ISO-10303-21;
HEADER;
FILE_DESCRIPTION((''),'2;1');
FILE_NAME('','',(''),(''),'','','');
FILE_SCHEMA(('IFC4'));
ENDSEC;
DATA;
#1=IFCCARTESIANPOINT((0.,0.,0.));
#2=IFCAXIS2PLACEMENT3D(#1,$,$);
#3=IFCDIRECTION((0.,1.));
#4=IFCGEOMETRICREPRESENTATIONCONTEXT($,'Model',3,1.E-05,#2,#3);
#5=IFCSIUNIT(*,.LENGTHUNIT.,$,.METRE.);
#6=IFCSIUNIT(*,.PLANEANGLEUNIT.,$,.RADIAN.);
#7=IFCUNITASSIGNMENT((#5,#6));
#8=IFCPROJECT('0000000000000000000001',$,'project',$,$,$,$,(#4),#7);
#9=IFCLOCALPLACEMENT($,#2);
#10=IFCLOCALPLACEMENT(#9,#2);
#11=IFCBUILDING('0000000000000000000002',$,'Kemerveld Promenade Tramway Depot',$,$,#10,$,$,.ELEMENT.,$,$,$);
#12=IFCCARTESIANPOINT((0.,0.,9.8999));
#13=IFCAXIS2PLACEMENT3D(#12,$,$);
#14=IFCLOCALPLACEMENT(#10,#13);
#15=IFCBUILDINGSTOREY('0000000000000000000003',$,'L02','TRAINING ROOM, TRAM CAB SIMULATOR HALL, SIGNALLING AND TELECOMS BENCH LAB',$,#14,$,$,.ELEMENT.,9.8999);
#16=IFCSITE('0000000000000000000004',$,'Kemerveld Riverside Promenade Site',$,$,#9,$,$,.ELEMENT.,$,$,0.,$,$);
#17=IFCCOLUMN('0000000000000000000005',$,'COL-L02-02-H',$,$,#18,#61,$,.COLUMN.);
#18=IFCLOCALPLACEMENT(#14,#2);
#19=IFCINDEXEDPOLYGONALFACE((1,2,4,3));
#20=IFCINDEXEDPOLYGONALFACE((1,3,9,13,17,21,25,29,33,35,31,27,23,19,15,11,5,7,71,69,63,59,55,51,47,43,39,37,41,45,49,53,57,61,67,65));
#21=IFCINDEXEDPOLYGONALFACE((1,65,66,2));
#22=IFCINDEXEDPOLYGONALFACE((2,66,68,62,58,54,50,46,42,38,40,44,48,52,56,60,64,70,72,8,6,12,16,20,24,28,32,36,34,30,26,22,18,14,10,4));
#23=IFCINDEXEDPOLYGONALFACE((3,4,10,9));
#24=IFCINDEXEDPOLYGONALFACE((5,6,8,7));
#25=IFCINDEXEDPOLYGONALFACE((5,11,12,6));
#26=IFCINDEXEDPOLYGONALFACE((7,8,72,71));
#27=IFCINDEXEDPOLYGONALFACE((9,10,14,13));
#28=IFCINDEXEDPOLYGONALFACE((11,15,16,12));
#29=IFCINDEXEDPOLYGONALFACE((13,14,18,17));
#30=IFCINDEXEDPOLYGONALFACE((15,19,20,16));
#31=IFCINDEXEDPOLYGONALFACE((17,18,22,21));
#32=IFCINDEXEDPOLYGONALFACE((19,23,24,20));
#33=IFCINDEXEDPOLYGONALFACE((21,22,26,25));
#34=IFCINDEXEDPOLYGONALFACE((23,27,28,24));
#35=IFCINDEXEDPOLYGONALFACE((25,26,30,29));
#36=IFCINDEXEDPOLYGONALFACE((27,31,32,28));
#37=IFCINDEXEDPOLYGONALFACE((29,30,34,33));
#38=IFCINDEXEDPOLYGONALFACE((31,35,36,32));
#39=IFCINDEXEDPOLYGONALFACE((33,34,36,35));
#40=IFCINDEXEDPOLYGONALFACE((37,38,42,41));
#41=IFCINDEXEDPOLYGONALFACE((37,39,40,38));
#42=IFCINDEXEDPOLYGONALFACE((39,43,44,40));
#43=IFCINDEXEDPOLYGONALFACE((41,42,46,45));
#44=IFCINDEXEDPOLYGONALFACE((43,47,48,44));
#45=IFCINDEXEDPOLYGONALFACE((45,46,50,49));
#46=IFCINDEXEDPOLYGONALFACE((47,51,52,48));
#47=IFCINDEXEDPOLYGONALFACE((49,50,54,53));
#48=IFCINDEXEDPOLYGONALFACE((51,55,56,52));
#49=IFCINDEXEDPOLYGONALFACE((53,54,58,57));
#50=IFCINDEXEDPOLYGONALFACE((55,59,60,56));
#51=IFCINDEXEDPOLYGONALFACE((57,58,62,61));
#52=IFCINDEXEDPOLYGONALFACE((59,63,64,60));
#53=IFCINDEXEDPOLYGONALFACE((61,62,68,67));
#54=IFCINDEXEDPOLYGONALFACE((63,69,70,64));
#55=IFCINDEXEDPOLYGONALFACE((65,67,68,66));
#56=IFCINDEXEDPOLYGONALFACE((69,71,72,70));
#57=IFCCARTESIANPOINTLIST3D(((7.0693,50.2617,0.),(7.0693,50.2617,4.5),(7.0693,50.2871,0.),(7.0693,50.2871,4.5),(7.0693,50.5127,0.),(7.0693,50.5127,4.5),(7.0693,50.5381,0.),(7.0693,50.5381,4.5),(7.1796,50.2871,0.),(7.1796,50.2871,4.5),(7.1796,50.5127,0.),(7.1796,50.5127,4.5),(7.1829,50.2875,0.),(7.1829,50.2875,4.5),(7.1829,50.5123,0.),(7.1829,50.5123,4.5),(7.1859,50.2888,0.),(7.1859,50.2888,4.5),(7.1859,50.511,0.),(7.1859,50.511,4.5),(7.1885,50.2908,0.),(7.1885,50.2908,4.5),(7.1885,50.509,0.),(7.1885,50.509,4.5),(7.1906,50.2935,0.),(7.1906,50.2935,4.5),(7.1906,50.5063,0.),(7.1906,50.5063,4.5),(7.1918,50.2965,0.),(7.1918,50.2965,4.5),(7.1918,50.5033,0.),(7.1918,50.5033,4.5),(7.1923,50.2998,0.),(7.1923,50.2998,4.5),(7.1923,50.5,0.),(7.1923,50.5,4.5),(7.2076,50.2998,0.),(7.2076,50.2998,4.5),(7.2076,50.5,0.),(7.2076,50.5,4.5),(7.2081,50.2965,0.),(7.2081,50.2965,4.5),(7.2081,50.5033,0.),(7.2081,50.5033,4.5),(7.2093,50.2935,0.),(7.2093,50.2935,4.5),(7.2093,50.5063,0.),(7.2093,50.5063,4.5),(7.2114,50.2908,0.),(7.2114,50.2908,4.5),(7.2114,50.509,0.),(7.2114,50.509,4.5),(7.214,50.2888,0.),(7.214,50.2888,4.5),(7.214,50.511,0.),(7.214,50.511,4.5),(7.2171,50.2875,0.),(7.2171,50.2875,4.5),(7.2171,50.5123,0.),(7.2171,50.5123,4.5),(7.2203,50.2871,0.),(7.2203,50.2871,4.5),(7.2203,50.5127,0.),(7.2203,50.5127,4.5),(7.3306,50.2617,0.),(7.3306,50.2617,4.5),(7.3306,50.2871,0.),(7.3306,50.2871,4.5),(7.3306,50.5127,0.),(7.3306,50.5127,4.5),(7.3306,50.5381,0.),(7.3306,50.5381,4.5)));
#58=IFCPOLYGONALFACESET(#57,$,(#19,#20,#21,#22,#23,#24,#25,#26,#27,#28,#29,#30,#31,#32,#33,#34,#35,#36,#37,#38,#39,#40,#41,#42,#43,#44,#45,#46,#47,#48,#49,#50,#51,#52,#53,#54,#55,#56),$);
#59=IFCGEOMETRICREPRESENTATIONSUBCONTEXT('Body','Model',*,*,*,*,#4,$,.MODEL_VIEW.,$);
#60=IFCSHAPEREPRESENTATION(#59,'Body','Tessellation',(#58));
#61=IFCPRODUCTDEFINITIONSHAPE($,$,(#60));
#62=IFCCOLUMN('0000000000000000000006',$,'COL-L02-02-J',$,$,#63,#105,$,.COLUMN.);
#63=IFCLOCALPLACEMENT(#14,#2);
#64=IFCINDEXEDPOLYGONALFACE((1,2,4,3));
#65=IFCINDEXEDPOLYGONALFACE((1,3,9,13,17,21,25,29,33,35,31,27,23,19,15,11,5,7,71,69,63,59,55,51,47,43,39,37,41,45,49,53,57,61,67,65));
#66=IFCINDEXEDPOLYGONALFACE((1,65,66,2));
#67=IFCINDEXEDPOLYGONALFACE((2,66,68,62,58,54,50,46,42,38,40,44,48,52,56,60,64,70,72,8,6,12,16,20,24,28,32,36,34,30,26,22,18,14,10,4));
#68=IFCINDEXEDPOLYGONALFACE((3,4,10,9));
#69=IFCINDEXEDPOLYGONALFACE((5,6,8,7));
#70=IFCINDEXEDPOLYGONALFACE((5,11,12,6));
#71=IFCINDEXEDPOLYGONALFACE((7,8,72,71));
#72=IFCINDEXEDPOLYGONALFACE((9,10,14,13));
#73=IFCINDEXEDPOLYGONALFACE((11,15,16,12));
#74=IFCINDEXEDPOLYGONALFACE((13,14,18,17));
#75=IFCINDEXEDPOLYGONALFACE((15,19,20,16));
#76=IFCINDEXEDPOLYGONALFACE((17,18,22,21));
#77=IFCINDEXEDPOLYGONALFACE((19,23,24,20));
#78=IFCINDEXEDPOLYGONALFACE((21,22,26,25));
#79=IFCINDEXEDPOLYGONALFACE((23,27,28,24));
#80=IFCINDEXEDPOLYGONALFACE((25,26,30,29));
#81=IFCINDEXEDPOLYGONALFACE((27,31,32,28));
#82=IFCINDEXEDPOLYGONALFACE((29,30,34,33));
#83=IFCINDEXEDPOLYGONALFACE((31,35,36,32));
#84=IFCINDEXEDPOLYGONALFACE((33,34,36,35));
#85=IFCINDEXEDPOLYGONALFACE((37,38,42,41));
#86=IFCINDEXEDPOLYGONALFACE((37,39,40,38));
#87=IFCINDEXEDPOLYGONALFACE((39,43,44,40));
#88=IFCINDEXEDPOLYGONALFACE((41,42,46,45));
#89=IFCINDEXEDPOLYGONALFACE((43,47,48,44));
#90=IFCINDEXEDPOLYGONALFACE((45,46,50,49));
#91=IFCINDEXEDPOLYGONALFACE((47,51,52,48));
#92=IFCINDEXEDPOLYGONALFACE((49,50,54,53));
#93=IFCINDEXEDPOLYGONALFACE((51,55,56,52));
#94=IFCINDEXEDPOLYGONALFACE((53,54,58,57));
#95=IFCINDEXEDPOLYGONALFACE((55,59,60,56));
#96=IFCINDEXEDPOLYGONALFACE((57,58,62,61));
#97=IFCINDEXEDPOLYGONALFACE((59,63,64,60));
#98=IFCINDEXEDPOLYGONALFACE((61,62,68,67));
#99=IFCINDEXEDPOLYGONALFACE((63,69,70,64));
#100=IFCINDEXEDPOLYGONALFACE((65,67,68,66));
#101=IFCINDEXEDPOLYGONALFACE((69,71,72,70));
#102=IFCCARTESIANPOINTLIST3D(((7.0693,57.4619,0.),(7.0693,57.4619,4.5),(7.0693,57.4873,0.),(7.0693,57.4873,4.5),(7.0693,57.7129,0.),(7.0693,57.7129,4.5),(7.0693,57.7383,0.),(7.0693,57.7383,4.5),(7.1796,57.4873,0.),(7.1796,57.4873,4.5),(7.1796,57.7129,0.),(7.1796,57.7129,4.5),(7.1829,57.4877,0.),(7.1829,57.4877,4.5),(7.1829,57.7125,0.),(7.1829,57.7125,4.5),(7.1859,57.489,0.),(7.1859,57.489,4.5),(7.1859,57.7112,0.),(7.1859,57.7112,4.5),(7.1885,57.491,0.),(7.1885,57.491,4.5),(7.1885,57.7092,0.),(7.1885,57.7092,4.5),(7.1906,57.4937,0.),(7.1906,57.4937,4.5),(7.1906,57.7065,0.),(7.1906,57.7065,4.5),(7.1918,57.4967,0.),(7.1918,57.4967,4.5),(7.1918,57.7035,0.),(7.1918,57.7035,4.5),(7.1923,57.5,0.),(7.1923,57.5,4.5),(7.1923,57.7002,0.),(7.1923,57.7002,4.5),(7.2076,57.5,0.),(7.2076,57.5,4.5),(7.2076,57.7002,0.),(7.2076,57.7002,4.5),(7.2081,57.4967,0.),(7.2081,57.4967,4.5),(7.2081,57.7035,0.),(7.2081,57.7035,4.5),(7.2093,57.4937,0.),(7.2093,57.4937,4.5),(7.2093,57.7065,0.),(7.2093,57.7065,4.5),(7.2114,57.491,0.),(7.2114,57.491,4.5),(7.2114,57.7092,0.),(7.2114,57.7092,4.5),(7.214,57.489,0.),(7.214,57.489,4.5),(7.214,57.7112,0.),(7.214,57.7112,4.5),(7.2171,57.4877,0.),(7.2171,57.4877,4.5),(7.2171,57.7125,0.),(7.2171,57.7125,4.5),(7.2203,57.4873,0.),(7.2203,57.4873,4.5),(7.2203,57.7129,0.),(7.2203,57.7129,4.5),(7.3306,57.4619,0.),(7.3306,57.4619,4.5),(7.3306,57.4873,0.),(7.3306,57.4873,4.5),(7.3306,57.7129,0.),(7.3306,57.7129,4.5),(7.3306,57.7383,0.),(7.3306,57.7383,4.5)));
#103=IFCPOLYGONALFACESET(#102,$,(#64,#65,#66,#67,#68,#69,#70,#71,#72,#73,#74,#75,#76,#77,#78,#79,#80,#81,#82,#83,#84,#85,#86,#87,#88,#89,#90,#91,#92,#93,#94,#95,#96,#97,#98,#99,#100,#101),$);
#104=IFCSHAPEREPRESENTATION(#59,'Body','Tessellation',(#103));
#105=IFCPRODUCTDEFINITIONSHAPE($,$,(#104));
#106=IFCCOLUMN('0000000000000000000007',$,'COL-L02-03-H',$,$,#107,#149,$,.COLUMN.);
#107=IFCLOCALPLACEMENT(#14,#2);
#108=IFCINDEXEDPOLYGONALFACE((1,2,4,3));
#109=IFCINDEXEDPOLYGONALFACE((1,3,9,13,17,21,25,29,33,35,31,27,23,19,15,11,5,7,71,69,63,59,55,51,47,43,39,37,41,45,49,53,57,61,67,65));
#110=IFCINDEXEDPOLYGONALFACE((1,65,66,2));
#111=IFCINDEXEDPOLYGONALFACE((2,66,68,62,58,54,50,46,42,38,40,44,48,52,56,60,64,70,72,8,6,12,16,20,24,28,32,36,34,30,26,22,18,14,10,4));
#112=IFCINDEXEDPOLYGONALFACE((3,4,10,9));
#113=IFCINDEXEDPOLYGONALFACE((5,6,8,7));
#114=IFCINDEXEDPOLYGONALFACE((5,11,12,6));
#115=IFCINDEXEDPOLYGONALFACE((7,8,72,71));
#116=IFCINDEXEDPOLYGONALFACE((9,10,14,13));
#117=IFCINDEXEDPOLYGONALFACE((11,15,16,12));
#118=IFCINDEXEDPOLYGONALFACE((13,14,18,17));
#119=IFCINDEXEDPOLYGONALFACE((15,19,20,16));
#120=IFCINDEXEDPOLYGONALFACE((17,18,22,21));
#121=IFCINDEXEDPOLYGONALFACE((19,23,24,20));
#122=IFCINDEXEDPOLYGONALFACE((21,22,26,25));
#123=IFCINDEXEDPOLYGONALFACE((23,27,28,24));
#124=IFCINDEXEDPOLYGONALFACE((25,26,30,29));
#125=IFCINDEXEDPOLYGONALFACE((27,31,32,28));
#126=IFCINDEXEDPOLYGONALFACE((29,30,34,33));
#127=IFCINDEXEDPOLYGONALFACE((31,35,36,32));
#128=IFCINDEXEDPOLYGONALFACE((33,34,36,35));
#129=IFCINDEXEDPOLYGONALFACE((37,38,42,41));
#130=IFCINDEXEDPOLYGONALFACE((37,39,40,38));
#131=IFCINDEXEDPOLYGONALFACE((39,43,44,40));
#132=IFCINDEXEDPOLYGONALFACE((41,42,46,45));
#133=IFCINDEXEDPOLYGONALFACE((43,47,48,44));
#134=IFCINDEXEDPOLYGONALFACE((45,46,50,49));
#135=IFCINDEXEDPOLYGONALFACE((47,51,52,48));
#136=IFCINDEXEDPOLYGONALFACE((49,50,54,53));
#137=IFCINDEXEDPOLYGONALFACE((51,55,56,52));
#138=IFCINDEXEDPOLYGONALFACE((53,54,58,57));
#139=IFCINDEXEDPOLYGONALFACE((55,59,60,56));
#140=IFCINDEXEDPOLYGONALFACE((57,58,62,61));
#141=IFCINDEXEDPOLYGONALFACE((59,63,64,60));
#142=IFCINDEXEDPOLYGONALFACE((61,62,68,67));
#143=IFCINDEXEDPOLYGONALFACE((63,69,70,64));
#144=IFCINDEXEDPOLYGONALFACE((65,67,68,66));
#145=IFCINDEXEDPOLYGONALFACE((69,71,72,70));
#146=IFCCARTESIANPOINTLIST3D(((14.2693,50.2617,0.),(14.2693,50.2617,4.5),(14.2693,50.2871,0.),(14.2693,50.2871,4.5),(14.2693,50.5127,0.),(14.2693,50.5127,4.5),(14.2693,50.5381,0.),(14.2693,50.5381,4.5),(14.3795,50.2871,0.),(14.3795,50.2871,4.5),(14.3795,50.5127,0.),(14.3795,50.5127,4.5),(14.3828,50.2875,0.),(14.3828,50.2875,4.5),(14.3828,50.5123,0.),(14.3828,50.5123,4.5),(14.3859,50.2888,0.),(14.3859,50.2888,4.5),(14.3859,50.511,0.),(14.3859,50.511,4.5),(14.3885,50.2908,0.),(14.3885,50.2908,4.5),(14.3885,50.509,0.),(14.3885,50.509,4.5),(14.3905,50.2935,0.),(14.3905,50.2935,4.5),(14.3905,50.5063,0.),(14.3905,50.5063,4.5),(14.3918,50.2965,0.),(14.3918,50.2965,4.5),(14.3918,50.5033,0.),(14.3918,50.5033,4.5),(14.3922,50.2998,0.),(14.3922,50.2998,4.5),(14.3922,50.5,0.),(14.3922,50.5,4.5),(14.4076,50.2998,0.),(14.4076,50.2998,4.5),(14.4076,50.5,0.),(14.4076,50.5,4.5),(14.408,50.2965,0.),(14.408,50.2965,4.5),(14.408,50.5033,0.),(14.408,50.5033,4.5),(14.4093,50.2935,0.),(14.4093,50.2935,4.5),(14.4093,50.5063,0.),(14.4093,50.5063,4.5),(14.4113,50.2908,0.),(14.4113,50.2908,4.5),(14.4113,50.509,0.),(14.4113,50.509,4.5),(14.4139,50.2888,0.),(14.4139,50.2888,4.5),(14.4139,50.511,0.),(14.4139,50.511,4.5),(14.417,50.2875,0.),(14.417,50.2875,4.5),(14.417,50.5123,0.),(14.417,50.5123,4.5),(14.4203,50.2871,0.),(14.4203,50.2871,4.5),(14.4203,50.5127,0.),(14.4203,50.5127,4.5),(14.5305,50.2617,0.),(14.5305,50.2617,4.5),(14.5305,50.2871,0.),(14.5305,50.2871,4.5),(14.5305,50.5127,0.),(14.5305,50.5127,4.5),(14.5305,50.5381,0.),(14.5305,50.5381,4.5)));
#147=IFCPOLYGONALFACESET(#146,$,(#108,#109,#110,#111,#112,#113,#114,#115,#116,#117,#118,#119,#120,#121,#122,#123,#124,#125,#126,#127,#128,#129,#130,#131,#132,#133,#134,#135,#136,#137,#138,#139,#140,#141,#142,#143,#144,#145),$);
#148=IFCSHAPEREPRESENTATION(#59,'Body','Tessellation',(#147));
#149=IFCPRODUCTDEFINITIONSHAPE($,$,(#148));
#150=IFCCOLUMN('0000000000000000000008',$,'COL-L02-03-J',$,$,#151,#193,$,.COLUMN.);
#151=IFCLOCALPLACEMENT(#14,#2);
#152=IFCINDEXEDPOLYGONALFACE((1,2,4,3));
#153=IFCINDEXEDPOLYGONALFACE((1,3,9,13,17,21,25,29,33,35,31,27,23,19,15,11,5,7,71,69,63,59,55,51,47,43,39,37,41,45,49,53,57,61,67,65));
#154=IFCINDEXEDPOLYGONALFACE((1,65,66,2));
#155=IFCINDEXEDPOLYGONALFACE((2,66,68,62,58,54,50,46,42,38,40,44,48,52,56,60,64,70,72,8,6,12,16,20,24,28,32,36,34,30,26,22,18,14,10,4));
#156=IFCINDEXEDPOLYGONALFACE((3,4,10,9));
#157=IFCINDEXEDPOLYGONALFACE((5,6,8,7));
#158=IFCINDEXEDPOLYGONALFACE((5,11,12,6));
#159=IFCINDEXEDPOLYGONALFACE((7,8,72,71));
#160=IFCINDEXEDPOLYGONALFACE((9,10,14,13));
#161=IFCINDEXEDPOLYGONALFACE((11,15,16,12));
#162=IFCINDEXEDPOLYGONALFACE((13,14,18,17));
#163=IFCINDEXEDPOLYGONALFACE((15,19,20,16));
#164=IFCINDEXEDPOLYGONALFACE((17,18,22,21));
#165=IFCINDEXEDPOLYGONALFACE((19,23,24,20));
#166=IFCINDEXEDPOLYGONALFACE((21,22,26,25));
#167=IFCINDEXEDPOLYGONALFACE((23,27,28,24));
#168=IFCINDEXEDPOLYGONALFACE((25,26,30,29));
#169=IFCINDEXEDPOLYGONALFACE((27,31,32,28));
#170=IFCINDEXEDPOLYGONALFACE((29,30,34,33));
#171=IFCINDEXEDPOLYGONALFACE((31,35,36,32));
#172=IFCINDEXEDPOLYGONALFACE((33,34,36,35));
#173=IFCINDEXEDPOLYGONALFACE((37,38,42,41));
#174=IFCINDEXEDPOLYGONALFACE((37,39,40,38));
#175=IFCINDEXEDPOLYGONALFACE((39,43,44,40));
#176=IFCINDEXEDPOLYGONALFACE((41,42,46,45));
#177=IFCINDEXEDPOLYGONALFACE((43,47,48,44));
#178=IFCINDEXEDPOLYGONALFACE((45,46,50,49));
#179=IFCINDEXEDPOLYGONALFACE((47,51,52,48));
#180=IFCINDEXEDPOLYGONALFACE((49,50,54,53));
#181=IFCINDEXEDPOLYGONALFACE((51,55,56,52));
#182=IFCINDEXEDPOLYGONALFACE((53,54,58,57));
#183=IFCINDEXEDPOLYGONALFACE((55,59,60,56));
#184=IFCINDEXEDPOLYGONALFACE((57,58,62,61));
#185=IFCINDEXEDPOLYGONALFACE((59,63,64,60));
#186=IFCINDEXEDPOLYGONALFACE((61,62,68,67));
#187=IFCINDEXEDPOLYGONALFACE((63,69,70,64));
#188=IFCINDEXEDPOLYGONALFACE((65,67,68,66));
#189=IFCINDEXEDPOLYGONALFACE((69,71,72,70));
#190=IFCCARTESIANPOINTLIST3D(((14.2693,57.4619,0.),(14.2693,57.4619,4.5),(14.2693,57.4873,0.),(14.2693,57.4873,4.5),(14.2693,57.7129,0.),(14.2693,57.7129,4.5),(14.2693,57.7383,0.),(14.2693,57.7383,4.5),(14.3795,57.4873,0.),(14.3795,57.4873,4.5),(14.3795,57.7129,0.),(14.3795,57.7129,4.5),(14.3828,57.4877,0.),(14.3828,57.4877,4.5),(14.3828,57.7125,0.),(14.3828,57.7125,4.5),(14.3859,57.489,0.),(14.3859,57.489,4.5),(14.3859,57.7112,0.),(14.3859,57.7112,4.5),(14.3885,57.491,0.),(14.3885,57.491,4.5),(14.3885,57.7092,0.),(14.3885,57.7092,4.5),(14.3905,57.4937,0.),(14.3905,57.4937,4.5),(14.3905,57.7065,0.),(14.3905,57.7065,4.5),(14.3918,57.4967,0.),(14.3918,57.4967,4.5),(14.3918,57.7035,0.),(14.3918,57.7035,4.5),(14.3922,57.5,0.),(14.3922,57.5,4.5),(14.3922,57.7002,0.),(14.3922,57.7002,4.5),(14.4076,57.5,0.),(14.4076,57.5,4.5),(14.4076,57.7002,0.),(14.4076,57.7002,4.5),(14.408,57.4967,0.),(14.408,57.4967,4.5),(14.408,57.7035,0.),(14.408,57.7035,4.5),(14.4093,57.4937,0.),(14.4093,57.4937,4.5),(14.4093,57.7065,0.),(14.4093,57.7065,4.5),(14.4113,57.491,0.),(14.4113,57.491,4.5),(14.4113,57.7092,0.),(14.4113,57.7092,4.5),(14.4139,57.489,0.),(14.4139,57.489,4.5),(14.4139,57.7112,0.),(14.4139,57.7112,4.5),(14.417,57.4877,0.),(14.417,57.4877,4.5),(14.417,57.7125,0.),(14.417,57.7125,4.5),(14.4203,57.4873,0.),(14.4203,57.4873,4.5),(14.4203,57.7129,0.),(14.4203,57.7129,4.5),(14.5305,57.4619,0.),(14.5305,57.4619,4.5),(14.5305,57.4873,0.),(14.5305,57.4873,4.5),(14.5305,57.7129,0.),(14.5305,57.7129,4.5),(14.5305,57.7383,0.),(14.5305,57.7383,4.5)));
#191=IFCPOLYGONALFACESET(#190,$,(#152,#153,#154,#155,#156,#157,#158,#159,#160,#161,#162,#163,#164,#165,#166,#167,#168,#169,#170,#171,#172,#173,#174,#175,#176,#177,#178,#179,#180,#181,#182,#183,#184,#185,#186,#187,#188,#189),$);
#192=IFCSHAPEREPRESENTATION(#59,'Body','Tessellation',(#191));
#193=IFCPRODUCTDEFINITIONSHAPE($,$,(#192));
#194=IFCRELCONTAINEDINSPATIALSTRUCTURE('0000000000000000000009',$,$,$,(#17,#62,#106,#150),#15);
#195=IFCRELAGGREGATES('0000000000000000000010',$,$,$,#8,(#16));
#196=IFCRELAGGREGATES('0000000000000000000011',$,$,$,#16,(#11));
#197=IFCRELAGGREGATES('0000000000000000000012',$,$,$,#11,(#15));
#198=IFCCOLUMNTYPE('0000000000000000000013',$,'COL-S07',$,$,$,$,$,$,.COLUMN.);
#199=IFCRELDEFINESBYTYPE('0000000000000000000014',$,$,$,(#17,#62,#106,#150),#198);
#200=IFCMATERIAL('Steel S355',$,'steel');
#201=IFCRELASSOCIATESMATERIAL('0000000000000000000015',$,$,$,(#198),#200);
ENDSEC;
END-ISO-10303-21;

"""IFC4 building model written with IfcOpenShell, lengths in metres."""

from ifc_helpers import new_model, si_unit, direction, frame, origin, origin_2d, place, context, subcontext, project, spatial, i_section, extrude, material, material_profile, profile_set, type_object, element, save


model = new_model("IFC4")

# Units and contexts
model_context = context("Model", 3, precision=1e-05, world=origin(), true_north=direction((0.0, 1.0)))
body_context = subcontext(model_context, "Body", "Model", "MODEL_VIEW")
ifc_project = project(units=[si_unit("LENGTHUNIT", "METRE"), si_unit("PLANEANGLEUNIT", "RADIAN")], contexts=[model_context])

# Site, building, storey
site_placement = place(None, origin())
site = spatial("IfcSite", under=ifc_project, at=site_placement, Name="Kemerveld Riverside Promenade Site", CompositionType="ELEMENT", RefElevation=0.0)
building_placement = place(site_placement, origin())
building = spatial("IfcBuilding", under=site, at=building_placement, Name="Kemerveld Promenade Tramway Depot", CompositionType="ELEMENT")
storey_placement = place(building_placement, frame((0.0, 0.0, 9.8999)))
storey = spatial("IfcBuildingStorey", under=building, at=storey_placement, Name="L02", Description="TRAINING ROOM, TRAM CAB SIMULATOR HALL, SIGNALLING AND TELECOMS BENCH LAB", CompositionType="ELEMENT", Elevation=9.8999)

# Columns
ifc_material_1 = material(Name="Steel S355", Category="steel")
ifc_material_profile_1 = material_profile(ifc_material_1, i_section(OverallWidth=0.2612, OverallDepth=0.2764, WebThickness=0.0154, FlangeThickness=0.0254, FilletRadius=0.0127, at=origin_2d()), Name="254x254x132 UC")
ifc_profile_set_1 = profile_set([ifc_material_profile_1], Name="Steel S355")
column_type = type_object("IfcColumnType", Name="COL-S07", PredefinedType="COLUMN", material=ifc_profile_set_1)
for number, where, z_axis, x_axis, name in (
    (1, (7.2, 50.3999, 0.0), (0.0, 0.0, 1.0), (1.0, 0.0, 0.0), "COL-L02-02-H"),
    (2, (7.2, 57.6001, 0.0), (0.0, 0.0, 1.0), (1.0, 0.0, 0.0), "COL-L02-02-J"),
    (3, (14.3999, 50.3999, 0.0), (0.0, 0.0, 1.0), (1.0, 0.0, 0.0), "COL-L02-03-H"),
    (4, (14.3999, 57.6001, 0.0), (0.0, 0.0, 1.0), (1.0, 0.0, 0.0), "COL-L02-03-J"),
):
    element("IfcColumn", number, at=place(storey_placement, frame(where, z_axis=z_axis, x_axis=x_axis)), inside=storey, type_object=column_type, Name=name, PredefinedType="COLUMN", context=body_context, shape_type="SweptSolid", body=[
        extrude(i_section(OverallWidth=0.2612, OverallDepth=0.2764, WebThickness=0.0154, FlangeThickness=0.0254, FilletRadius=0.0127, at=origin_2d()), origin(), (0.0, 0.0, 1.0), 4.5),
    ])

save(model, "model.ifc")
